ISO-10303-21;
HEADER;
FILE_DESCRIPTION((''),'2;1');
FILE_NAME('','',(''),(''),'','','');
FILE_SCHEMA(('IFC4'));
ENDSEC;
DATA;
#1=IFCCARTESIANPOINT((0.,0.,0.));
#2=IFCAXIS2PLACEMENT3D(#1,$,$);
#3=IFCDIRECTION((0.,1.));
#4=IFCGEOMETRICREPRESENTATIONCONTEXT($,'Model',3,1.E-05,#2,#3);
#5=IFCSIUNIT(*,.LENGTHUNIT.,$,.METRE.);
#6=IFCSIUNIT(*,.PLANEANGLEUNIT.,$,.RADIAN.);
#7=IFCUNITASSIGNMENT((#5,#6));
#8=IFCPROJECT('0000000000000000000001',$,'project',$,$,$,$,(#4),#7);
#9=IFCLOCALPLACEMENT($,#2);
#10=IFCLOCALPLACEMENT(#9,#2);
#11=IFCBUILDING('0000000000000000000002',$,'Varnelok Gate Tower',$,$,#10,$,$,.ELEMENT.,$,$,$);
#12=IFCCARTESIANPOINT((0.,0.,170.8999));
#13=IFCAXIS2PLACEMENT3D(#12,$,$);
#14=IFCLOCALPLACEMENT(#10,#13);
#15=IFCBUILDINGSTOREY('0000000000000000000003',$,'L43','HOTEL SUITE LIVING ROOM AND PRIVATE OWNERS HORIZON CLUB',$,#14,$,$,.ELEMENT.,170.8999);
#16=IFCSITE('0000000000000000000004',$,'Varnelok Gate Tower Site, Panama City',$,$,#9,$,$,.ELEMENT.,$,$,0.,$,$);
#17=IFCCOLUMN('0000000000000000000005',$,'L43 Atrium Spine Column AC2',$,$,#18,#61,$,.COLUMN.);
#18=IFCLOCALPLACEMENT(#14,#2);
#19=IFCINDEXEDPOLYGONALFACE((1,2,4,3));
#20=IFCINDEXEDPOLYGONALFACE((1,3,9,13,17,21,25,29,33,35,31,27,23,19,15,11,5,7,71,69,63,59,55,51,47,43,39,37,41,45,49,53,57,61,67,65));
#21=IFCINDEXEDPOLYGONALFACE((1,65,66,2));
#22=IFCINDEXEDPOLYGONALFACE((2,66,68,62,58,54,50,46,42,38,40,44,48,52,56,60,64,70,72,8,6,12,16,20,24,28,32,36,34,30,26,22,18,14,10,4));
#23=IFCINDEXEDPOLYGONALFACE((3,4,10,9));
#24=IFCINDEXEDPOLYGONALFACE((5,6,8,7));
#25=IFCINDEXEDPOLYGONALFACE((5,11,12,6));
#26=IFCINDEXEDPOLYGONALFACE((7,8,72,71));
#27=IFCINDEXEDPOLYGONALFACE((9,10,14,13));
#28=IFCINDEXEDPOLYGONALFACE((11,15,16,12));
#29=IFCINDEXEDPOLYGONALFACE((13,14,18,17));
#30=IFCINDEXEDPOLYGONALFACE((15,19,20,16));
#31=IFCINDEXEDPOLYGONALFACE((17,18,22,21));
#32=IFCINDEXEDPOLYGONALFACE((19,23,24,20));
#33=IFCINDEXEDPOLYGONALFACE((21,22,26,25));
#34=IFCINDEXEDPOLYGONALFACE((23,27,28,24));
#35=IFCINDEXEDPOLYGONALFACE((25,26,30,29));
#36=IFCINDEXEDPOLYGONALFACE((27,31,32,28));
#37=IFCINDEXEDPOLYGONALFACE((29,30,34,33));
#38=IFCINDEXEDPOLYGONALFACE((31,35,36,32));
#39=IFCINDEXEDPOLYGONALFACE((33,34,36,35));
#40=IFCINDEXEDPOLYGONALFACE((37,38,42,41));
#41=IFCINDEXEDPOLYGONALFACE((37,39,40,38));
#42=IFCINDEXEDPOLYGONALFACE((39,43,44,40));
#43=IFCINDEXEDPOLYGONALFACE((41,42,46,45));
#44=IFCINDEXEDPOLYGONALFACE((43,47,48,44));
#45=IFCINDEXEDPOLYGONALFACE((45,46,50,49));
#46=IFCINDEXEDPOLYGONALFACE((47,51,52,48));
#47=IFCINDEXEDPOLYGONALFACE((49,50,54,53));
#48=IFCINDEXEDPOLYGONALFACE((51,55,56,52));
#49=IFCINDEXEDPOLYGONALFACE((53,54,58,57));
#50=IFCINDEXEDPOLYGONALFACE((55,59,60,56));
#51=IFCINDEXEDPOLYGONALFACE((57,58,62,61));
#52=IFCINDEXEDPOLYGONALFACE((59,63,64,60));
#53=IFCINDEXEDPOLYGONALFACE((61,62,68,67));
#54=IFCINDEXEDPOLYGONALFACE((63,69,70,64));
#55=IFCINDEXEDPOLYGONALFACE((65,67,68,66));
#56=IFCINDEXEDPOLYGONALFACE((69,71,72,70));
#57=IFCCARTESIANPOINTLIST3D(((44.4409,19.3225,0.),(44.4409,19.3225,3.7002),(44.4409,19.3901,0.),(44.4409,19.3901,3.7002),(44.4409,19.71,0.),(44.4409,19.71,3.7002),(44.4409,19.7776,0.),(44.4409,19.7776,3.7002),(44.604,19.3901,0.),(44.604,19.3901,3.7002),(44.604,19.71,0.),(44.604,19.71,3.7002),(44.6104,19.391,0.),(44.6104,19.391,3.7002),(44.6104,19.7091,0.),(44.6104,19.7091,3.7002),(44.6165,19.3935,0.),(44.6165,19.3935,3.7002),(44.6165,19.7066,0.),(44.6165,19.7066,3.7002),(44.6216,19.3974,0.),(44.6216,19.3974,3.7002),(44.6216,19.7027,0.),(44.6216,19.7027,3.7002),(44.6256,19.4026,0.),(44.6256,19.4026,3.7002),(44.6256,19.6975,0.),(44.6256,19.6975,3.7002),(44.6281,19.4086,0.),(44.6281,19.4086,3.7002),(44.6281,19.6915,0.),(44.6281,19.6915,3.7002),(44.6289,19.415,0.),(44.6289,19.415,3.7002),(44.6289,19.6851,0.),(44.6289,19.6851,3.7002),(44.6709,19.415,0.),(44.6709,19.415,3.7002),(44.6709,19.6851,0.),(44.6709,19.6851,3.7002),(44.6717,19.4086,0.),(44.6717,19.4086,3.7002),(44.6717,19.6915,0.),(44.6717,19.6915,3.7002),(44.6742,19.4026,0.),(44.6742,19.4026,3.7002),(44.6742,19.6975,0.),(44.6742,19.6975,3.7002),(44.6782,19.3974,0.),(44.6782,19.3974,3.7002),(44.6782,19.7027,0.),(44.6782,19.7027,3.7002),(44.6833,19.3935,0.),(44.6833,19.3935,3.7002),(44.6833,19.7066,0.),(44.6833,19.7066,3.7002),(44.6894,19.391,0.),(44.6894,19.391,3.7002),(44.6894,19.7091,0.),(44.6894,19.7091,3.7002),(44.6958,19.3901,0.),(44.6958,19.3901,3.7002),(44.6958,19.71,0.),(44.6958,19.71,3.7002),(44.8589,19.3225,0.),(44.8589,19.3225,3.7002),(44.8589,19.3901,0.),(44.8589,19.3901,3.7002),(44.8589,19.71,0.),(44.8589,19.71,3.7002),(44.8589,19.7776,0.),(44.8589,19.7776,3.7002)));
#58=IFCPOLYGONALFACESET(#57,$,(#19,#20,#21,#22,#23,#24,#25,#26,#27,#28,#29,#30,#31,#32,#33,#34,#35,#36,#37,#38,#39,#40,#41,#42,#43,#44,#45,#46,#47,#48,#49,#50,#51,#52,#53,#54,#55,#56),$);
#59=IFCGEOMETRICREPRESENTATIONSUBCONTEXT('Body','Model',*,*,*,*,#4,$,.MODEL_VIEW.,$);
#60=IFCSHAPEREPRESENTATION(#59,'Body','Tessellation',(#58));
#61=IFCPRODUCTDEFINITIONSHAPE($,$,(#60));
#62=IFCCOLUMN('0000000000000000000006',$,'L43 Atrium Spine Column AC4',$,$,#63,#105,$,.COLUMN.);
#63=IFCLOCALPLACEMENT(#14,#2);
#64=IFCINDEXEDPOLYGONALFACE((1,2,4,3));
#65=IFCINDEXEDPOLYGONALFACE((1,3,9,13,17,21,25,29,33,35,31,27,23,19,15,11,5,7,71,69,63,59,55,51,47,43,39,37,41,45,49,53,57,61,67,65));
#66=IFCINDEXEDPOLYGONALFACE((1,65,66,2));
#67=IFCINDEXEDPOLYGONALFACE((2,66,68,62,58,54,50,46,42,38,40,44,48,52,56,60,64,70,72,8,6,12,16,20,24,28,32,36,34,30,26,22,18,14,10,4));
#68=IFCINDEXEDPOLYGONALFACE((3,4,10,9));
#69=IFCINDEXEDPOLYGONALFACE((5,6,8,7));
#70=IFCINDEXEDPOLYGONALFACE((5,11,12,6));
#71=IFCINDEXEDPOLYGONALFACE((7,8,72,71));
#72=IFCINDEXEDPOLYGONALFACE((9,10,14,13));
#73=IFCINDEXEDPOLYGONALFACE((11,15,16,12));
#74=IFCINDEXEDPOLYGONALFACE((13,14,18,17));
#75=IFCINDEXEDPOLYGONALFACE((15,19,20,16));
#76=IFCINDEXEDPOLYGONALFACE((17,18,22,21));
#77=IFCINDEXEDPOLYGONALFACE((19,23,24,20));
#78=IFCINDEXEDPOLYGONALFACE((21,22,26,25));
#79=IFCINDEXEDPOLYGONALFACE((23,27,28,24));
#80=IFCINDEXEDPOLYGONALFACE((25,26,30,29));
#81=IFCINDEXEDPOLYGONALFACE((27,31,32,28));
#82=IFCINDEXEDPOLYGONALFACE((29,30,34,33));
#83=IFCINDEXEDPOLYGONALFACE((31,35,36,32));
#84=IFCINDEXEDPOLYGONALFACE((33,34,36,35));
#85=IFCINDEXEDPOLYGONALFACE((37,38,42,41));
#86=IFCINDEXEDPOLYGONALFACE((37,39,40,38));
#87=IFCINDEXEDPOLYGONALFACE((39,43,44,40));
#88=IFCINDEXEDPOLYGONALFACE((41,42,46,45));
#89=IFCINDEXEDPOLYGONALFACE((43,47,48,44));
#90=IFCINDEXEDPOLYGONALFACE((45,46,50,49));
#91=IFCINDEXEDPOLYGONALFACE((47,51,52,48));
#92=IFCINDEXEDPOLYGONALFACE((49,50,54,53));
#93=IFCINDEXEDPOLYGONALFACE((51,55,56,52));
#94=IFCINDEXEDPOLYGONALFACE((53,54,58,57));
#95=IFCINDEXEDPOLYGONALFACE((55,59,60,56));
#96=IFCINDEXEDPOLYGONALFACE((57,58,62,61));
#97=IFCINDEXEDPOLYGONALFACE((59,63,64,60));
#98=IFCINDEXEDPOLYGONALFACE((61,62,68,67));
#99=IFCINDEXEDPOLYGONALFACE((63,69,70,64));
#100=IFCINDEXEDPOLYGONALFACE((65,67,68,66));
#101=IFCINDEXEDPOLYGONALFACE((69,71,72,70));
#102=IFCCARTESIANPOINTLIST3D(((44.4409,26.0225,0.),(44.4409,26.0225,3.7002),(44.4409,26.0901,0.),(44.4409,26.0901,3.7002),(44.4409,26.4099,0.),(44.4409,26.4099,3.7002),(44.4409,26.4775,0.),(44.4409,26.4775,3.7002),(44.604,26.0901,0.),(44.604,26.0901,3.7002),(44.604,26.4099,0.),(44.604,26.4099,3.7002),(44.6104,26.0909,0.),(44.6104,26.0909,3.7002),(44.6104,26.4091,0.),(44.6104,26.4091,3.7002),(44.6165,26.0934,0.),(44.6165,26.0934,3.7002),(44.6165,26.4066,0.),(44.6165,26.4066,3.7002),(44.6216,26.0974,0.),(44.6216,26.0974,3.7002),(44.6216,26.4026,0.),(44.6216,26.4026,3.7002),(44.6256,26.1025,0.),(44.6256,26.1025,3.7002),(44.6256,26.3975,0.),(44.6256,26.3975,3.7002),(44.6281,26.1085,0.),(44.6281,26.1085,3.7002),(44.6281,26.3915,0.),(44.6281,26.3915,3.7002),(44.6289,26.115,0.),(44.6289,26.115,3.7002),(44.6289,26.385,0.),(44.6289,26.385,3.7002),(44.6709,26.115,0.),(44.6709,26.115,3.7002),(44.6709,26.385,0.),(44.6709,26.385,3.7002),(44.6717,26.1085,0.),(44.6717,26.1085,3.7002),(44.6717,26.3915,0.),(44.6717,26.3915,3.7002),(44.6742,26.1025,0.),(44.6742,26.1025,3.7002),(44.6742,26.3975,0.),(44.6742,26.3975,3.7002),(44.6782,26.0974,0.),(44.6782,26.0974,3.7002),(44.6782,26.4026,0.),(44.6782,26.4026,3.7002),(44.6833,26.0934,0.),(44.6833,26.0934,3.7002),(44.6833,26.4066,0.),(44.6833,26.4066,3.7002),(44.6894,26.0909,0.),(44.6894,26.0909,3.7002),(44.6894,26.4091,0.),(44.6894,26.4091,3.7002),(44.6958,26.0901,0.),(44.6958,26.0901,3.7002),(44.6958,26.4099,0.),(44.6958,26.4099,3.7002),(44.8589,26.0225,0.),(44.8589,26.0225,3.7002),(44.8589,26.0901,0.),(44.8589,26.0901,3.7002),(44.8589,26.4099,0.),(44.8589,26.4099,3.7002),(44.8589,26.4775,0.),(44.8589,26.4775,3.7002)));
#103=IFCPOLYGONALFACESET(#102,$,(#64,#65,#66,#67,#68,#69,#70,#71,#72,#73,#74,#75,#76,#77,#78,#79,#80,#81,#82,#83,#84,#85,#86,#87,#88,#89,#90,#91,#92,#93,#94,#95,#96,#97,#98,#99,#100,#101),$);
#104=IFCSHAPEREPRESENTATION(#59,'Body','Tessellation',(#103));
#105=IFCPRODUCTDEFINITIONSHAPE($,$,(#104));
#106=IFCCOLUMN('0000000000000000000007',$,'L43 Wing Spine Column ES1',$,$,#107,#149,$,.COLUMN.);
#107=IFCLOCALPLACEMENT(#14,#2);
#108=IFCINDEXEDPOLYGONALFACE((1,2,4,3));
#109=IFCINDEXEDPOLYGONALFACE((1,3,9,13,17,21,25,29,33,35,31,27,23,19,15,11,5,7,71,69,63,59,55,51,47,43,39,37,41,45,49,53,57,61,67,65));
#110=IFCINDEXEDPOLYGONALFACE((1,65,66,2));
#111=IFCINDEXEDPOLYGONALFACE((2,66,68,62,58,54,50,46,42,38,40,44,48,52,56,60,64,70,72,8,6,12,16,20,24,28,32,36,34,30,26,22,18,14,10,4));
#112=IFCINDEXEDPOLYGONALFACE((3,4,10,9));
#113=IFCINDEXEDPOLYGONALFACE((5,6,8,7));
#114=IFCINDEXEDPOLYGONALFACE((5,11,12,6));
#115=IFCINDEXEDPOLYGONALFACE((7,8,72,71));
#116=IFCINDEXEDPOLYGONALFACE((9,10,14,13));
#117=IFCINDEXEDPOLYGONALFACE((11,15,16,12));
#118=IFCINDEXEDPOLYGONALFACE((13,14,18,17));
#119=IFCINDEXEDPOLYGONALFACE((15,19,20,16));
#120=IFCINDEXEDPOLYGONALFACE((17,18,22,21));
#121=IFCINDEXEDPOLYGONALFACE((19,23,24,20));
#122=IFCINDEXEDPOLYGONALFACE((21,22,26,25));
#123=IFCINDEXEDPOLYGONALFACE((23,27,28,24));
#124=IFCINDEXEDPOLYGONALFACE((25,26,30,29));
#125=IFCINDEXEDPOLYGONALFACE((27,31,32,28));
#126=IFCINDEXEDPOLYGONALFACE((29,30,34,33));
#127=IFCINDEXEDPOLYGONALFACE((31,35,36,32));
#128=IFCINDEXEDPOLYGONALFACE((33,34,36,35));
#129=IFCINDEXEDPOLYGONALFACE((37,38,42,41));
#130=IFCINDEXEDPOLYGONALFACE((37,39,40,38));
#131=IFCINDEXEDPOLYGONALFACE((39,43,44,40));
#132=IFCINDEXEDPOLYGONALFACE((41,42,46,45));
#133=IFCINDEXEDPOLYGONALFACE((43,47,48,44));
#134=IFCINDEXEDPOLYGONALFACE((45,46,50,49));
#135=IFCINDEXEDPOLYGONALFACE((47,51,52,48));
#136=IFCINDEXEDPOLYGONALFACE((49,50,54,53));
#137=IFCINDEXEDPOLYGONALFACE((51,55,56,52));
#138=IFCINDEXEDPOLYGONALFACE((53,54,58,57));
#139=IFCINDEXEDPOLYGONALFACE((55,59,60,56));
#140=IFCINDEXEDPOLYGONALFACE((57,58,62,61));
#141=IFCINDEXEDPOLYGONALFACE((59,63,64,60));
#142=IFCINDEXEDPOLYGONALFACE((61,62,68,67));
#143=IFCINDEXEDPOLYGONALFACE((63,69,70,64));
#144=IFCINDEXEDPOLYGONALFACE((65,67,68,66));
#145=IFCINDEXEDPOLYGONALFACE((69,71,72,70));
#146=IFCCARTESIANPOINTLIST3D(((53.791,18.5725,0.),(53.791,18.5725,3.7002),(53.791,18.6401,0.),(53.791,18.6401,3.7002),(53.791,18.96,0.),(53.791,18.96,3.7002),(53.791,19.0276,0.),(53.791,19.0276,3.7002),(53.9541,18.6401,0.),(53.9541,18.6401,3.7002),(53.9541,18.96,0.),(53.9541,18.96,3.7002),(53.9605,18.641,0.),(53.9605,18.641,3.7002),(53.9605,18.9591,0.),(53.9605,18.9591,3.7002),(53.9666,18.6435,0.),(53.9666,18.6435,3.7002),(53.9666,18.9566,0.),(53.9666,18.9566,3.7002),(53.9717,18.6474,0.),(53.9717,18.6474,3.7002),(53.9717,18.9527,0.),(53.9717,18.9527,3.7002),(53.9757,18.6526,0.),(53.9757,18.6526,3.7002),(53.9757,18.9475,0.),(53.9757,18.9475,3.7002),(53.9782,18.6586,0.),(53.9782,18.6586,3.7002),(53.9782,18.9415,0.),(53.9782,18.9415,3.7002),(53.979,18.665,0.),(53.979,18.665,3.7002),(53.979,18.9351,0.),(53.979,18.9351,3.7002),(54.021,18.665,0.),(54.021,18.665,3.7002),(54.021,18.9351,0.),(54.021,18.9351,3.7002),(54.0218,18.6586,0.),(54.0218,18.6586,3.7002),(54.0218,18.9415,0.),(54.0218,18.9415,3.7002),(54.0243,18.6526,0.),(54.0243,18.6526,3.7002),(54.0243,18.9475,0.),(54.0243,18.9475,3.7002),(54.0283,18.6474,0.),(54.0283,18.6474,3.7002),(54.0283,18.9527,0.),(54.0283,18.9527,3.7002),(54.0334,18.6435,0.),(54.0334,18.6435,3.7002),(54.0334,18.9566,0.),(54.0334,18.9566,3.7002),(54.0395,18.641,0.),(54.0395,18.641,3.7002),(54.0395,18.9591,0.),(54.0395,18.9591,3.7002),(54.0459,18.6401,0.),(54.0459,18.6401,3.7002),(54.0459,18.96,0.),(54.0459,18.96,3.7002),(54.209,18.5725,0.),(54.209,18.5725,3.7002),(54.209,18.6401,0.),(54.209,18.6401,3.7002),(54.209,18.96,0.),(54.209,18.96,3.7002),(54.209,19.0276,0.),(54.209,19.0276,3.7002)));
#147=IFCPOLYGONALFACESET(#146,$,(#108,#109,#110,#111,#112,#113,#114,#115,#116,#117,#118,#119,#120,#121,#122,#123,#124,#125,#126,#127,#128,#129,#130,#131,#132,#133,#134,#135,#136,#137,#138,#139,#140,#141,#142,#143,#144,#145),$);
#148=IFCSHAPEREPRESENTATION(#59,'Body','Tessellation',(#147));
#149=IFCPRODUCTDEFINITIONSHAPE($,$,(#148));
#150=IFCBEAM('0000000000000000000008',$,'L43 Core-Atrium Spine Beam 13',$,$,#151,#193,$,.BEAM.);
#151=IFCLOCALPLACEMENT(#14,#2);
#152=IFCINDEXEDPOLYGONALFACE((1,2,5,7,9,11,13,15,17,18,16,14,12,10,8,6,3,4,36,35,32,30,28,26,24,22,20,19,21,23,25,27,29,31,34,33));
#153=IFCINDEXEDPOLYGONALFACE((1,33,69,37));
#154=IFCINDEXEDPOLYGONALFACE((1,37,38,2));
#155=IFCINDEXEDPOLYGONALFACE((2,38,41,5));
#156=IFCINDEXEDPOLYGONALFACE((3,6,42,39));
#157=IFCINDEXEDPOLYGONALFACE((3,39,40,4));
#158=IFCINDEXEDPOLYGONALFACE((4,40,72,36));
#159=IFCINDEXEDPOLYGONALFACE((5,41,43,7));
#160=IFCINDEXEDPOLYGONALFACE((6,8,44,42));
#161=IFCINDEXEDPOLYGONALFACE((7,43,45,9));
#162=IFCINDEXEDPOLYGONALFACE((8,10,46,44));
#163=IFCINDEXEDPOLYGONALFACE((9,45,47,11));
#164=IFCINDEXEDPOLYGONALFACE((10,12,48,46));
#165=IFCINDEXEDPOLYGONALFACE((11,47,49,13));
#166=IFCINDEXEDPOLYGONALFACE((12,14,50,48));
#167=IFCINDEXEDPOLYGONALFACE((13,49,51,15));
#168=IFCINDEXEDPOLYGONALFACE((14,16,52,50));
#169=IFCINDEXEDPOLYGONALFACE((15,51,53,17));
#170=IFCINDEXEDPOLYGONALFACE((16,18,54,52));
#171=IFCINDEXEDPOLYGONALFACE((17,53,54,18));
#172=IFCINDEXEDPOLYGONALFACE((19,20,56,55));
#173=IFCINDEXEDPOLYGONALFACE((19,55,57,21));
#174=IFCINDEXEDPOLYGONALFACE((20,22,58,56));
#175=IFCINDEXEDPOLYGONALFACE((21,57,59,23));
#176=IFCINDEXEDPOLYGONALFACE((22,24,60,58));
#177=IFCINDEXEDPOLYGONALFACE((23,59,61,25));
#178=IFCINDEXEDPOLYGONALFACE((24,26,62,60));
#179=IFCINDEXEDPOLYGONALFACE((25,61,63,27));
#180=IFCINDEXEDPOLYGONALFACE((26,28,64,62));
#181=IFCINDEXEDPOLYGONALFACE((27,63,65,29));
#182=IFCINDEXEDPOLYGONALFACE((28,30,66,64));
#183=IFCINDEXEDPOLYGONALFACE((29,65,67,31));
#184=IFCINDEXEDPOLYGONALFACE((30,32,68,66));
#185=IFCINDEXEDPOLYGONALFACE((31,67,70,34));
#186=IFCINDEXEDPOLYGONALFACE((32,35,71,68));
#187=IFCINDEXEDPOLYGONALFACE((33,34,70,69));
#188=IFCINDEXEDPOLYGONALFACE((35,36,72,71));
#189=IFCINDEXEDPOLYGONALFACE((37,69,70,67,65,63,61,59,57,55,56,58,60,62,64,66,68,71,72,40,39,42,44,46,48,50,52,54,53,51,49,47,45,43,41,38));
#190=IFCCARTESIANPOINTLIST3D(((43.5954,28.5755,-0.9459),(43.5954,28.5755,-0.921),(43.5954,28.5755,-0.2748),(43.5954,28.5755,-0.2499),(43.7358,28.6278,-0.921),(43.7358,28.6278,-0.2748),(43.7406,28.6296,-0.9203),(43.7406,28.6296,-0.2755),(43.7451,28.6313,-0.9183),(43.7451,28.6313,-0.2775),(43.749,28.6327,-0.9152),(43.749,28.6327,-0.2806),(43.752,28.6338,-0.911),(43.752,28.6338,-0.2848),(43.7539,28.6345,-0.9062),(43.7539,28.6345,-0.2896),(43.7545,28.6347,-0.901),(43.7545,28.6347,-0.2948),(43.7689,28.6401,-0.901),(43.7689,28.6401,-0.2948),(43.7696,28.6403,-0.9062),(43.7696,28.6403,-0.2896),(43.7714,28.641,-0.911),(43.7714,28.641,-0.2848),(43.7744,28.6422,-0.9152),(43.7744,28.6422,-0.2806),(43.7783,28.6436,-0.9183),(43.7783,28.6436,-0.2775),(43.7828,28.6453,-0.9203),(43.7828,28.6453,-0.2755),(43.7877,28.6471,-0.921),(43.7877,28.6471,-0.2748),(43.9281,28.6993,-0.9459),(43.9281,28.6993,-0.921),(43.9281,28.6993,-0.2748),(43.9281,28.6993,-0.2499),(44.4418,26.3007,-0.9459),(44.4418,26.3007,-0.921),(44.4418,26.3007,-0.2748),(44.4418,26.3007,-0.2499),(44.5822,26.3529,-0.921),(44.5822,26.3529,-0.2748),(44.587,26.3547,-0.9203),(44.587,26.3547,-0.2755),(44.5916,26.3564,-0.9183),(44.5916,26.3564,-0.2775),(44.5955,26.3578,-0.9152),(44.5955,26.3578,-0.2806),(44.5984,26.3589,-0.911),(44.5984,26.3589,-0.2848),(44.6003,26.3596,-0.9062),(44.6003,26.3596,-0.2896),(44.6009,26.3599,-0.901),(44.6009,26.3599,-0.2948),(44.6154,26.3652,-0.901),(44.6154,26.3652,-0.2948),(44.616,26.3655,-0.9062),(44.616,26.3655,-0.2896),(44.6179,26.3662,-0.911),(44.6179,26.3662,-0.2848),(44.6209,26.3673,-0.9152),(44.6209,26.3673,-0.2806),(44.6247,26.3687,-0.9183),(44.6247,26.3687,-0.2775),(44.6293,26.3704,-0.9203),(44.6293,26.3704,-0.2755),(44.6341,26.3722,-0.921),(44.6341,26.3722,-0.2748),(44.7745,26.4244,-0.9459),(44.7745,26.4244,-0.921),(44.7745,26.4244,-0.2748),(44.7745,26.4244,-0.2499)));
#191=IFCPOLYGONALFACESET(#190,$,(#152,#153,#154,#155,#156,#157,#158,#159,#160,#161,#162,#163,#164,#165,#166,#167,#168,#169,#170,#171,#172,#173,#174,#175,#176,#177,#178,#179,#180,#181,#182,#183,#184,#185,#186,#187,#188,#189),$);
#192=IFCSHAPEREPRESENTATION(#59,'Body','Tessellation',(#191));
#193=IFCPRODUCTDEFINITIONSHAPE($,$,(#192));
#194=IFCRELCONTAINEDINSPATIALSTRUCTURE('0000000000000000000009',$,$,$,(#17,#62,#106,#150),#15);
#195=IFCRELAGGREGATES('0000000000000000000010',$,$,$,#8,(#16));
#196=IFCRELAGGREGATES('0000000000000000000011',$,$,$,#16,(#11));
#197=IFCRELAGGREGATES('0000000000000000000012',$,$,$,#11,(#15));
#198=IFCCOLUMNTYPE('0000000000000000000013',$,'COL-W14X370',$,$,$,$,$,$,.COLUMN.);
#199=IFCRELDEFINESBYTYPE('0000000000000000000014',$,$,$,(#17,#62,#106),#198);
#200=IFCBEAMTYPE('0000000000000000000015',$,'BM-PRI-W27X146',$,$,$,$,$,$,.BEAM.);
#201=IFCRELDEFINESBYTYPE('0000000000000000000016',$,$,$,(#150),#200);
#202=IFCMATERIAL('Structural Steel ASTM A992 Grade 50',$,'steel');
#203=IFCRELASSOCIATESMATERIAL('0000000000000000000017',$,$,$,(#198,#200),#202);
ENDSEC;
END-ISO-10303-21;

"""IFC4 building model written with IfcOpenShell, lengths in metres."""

from ifc_helpers import new_model, si_unit, direction, frame, origin, origin_2d, place, context, subcontext, project, spatial, i_section, extrude, material, material_profile, profile_set, type_object, element, save


model = new_model("IFC4")

# Units and contexts
model_context = context("Model", 3, precision=1e-05, world=origin(), true_north=direction((0.0, 1.0)))
body_context = subcontext(model_context, "Body", "Model", "MODEL_VIEW")
ifc_project = project(units=[si_unit("LENGTHUNIT", "METRE"), si_unit("PLANEANGLEUNIT", "RADIAN")], contexts=[model_context])

# Site, building, storey
site_placement = place(None, origin())
site = spatial("IfcSite", under=ifc_project, at=site_placement, Name="Varnelok Gate Tower Site, Panama City", CompositionType="ELEMENT", RefElevation=0.0)
building_placement = place(site_placement, origin())
building = spatial("IfcBuilding", under=site, at=building_placement, Name="Varnelok Gate Tower", CompositionType="ELEMENT")
storey_placement = place(building_placement, frame((0.0, 0.0, 170.8999)))
storey = spatial("IfcBuildingStorey", under=building, at=storey_placement, Name="L43", Description="HOTEL SUITE LIVING ROOM AND PRIVATE OWNERS HORIZON CLUB", CompositionType="ELEMENT", Elevation=170.8999)

# Columns
ifc_material_1 = material(Name="Structural Steel ASTM A992 Grade 50", Category="steel")
ifc_material_profile_1 = material_profile(ifc_material_1, i_section(OverallWidth=0.418, OverallDepth=0.4551, WebThickness=0.042, FlangeThickness=0.0676, FilletRadius=0.0249, at=origin_2d()), Name="W14X370")
ifc_profile_set_1 = profile_set([ifc_material_profile_1], Name="Structural Steel ASTM A992 Grade 50")
column_type = type_object("IfcColumnType", Name="COL-W14X370", PredefinedType="COLUMN", material=ifc_profile_set_1)
for number, where, z_axis, x_axis, name in (
    (1, (44.6499, 19.55, 0.0), (0.0, 0.0, 1.0), (1.0, 0.0, 0.0), "L43 Atrium Spine Column AC2"),
    (2, (44.6499, 26.25, 0.0), (0.0, 0.0, 1.0), (1.0, 0.0, 0.0), "L43 Atrium Spine Column AC4"),
    (3, (54.0, 18.8, 0.0), (0.0, 0.0, 1.0), (1.0, 0.0, 0.0), "L43 Wing Spine Column ES1"),
):
    element("IfcColumn", number, at=place(storey_placement, frame(where, z_axis=z_axis, x_axis=x_axis)), inside=storey, type_object=column_type, Name=name, PredefinedType="COLUMN", context=body_context, shape_type="SweptSolid", body=[
        extrude(i_section(OverallWidth=0.418, OverallDepth=0.4551, WebThickness=0.042, FlangeThickness=0.0676, FilletRadius=0.0249, at=origin_2d()), origin(), (0.0, 0.0, 1.0), 3.7002),
    ])

# Beam
ifc_material_profile_2 = material_profile(ifc_material_1, i_section(OverallWidth=0.355, OverallDepth=0.696, WebThickness=0.0154, FlangeThickness=0.0249, FilletRadius=0.02, at=origin_2d()), Name="W27X146")
ifc_profile_set_2 = profile_set([ifc_material_profile_2], Name="Structural Steel ASTM A992 Grade 50")
beam_type_1 = type_object("IfcBeamType", Name="BM-PRI-W27X146", PredefinedType="BEAM", material=ifc_profile_set_2)
beam_1_placement = place(storey_placement, frame((44.6082, 26.3625, -0.5979), z_axis=(-0.348719, 0.937227, 0.0), x_axis=(-0.937227, -0.348719, 0.0)))
element("IfcBeam", 4, at=beam_1_placement, inside=storey, type_object=beam_type_1, Name="L43 Core-Atrium Spine Beam 13", PredefinedType="BEAM", context=body_context, shape_type="SweptSolid", body=[
    extrude(i_section(OverallWidth=0.355, OverallDepth=0.696, WebThickness=0.0154, FlangeThickness=0.0249, FilletRadius=0.02, at=origin_2d()), origin(), (0.0, 0.0, 1.0), 2.4272),
])

save(model, "model.ifc")
